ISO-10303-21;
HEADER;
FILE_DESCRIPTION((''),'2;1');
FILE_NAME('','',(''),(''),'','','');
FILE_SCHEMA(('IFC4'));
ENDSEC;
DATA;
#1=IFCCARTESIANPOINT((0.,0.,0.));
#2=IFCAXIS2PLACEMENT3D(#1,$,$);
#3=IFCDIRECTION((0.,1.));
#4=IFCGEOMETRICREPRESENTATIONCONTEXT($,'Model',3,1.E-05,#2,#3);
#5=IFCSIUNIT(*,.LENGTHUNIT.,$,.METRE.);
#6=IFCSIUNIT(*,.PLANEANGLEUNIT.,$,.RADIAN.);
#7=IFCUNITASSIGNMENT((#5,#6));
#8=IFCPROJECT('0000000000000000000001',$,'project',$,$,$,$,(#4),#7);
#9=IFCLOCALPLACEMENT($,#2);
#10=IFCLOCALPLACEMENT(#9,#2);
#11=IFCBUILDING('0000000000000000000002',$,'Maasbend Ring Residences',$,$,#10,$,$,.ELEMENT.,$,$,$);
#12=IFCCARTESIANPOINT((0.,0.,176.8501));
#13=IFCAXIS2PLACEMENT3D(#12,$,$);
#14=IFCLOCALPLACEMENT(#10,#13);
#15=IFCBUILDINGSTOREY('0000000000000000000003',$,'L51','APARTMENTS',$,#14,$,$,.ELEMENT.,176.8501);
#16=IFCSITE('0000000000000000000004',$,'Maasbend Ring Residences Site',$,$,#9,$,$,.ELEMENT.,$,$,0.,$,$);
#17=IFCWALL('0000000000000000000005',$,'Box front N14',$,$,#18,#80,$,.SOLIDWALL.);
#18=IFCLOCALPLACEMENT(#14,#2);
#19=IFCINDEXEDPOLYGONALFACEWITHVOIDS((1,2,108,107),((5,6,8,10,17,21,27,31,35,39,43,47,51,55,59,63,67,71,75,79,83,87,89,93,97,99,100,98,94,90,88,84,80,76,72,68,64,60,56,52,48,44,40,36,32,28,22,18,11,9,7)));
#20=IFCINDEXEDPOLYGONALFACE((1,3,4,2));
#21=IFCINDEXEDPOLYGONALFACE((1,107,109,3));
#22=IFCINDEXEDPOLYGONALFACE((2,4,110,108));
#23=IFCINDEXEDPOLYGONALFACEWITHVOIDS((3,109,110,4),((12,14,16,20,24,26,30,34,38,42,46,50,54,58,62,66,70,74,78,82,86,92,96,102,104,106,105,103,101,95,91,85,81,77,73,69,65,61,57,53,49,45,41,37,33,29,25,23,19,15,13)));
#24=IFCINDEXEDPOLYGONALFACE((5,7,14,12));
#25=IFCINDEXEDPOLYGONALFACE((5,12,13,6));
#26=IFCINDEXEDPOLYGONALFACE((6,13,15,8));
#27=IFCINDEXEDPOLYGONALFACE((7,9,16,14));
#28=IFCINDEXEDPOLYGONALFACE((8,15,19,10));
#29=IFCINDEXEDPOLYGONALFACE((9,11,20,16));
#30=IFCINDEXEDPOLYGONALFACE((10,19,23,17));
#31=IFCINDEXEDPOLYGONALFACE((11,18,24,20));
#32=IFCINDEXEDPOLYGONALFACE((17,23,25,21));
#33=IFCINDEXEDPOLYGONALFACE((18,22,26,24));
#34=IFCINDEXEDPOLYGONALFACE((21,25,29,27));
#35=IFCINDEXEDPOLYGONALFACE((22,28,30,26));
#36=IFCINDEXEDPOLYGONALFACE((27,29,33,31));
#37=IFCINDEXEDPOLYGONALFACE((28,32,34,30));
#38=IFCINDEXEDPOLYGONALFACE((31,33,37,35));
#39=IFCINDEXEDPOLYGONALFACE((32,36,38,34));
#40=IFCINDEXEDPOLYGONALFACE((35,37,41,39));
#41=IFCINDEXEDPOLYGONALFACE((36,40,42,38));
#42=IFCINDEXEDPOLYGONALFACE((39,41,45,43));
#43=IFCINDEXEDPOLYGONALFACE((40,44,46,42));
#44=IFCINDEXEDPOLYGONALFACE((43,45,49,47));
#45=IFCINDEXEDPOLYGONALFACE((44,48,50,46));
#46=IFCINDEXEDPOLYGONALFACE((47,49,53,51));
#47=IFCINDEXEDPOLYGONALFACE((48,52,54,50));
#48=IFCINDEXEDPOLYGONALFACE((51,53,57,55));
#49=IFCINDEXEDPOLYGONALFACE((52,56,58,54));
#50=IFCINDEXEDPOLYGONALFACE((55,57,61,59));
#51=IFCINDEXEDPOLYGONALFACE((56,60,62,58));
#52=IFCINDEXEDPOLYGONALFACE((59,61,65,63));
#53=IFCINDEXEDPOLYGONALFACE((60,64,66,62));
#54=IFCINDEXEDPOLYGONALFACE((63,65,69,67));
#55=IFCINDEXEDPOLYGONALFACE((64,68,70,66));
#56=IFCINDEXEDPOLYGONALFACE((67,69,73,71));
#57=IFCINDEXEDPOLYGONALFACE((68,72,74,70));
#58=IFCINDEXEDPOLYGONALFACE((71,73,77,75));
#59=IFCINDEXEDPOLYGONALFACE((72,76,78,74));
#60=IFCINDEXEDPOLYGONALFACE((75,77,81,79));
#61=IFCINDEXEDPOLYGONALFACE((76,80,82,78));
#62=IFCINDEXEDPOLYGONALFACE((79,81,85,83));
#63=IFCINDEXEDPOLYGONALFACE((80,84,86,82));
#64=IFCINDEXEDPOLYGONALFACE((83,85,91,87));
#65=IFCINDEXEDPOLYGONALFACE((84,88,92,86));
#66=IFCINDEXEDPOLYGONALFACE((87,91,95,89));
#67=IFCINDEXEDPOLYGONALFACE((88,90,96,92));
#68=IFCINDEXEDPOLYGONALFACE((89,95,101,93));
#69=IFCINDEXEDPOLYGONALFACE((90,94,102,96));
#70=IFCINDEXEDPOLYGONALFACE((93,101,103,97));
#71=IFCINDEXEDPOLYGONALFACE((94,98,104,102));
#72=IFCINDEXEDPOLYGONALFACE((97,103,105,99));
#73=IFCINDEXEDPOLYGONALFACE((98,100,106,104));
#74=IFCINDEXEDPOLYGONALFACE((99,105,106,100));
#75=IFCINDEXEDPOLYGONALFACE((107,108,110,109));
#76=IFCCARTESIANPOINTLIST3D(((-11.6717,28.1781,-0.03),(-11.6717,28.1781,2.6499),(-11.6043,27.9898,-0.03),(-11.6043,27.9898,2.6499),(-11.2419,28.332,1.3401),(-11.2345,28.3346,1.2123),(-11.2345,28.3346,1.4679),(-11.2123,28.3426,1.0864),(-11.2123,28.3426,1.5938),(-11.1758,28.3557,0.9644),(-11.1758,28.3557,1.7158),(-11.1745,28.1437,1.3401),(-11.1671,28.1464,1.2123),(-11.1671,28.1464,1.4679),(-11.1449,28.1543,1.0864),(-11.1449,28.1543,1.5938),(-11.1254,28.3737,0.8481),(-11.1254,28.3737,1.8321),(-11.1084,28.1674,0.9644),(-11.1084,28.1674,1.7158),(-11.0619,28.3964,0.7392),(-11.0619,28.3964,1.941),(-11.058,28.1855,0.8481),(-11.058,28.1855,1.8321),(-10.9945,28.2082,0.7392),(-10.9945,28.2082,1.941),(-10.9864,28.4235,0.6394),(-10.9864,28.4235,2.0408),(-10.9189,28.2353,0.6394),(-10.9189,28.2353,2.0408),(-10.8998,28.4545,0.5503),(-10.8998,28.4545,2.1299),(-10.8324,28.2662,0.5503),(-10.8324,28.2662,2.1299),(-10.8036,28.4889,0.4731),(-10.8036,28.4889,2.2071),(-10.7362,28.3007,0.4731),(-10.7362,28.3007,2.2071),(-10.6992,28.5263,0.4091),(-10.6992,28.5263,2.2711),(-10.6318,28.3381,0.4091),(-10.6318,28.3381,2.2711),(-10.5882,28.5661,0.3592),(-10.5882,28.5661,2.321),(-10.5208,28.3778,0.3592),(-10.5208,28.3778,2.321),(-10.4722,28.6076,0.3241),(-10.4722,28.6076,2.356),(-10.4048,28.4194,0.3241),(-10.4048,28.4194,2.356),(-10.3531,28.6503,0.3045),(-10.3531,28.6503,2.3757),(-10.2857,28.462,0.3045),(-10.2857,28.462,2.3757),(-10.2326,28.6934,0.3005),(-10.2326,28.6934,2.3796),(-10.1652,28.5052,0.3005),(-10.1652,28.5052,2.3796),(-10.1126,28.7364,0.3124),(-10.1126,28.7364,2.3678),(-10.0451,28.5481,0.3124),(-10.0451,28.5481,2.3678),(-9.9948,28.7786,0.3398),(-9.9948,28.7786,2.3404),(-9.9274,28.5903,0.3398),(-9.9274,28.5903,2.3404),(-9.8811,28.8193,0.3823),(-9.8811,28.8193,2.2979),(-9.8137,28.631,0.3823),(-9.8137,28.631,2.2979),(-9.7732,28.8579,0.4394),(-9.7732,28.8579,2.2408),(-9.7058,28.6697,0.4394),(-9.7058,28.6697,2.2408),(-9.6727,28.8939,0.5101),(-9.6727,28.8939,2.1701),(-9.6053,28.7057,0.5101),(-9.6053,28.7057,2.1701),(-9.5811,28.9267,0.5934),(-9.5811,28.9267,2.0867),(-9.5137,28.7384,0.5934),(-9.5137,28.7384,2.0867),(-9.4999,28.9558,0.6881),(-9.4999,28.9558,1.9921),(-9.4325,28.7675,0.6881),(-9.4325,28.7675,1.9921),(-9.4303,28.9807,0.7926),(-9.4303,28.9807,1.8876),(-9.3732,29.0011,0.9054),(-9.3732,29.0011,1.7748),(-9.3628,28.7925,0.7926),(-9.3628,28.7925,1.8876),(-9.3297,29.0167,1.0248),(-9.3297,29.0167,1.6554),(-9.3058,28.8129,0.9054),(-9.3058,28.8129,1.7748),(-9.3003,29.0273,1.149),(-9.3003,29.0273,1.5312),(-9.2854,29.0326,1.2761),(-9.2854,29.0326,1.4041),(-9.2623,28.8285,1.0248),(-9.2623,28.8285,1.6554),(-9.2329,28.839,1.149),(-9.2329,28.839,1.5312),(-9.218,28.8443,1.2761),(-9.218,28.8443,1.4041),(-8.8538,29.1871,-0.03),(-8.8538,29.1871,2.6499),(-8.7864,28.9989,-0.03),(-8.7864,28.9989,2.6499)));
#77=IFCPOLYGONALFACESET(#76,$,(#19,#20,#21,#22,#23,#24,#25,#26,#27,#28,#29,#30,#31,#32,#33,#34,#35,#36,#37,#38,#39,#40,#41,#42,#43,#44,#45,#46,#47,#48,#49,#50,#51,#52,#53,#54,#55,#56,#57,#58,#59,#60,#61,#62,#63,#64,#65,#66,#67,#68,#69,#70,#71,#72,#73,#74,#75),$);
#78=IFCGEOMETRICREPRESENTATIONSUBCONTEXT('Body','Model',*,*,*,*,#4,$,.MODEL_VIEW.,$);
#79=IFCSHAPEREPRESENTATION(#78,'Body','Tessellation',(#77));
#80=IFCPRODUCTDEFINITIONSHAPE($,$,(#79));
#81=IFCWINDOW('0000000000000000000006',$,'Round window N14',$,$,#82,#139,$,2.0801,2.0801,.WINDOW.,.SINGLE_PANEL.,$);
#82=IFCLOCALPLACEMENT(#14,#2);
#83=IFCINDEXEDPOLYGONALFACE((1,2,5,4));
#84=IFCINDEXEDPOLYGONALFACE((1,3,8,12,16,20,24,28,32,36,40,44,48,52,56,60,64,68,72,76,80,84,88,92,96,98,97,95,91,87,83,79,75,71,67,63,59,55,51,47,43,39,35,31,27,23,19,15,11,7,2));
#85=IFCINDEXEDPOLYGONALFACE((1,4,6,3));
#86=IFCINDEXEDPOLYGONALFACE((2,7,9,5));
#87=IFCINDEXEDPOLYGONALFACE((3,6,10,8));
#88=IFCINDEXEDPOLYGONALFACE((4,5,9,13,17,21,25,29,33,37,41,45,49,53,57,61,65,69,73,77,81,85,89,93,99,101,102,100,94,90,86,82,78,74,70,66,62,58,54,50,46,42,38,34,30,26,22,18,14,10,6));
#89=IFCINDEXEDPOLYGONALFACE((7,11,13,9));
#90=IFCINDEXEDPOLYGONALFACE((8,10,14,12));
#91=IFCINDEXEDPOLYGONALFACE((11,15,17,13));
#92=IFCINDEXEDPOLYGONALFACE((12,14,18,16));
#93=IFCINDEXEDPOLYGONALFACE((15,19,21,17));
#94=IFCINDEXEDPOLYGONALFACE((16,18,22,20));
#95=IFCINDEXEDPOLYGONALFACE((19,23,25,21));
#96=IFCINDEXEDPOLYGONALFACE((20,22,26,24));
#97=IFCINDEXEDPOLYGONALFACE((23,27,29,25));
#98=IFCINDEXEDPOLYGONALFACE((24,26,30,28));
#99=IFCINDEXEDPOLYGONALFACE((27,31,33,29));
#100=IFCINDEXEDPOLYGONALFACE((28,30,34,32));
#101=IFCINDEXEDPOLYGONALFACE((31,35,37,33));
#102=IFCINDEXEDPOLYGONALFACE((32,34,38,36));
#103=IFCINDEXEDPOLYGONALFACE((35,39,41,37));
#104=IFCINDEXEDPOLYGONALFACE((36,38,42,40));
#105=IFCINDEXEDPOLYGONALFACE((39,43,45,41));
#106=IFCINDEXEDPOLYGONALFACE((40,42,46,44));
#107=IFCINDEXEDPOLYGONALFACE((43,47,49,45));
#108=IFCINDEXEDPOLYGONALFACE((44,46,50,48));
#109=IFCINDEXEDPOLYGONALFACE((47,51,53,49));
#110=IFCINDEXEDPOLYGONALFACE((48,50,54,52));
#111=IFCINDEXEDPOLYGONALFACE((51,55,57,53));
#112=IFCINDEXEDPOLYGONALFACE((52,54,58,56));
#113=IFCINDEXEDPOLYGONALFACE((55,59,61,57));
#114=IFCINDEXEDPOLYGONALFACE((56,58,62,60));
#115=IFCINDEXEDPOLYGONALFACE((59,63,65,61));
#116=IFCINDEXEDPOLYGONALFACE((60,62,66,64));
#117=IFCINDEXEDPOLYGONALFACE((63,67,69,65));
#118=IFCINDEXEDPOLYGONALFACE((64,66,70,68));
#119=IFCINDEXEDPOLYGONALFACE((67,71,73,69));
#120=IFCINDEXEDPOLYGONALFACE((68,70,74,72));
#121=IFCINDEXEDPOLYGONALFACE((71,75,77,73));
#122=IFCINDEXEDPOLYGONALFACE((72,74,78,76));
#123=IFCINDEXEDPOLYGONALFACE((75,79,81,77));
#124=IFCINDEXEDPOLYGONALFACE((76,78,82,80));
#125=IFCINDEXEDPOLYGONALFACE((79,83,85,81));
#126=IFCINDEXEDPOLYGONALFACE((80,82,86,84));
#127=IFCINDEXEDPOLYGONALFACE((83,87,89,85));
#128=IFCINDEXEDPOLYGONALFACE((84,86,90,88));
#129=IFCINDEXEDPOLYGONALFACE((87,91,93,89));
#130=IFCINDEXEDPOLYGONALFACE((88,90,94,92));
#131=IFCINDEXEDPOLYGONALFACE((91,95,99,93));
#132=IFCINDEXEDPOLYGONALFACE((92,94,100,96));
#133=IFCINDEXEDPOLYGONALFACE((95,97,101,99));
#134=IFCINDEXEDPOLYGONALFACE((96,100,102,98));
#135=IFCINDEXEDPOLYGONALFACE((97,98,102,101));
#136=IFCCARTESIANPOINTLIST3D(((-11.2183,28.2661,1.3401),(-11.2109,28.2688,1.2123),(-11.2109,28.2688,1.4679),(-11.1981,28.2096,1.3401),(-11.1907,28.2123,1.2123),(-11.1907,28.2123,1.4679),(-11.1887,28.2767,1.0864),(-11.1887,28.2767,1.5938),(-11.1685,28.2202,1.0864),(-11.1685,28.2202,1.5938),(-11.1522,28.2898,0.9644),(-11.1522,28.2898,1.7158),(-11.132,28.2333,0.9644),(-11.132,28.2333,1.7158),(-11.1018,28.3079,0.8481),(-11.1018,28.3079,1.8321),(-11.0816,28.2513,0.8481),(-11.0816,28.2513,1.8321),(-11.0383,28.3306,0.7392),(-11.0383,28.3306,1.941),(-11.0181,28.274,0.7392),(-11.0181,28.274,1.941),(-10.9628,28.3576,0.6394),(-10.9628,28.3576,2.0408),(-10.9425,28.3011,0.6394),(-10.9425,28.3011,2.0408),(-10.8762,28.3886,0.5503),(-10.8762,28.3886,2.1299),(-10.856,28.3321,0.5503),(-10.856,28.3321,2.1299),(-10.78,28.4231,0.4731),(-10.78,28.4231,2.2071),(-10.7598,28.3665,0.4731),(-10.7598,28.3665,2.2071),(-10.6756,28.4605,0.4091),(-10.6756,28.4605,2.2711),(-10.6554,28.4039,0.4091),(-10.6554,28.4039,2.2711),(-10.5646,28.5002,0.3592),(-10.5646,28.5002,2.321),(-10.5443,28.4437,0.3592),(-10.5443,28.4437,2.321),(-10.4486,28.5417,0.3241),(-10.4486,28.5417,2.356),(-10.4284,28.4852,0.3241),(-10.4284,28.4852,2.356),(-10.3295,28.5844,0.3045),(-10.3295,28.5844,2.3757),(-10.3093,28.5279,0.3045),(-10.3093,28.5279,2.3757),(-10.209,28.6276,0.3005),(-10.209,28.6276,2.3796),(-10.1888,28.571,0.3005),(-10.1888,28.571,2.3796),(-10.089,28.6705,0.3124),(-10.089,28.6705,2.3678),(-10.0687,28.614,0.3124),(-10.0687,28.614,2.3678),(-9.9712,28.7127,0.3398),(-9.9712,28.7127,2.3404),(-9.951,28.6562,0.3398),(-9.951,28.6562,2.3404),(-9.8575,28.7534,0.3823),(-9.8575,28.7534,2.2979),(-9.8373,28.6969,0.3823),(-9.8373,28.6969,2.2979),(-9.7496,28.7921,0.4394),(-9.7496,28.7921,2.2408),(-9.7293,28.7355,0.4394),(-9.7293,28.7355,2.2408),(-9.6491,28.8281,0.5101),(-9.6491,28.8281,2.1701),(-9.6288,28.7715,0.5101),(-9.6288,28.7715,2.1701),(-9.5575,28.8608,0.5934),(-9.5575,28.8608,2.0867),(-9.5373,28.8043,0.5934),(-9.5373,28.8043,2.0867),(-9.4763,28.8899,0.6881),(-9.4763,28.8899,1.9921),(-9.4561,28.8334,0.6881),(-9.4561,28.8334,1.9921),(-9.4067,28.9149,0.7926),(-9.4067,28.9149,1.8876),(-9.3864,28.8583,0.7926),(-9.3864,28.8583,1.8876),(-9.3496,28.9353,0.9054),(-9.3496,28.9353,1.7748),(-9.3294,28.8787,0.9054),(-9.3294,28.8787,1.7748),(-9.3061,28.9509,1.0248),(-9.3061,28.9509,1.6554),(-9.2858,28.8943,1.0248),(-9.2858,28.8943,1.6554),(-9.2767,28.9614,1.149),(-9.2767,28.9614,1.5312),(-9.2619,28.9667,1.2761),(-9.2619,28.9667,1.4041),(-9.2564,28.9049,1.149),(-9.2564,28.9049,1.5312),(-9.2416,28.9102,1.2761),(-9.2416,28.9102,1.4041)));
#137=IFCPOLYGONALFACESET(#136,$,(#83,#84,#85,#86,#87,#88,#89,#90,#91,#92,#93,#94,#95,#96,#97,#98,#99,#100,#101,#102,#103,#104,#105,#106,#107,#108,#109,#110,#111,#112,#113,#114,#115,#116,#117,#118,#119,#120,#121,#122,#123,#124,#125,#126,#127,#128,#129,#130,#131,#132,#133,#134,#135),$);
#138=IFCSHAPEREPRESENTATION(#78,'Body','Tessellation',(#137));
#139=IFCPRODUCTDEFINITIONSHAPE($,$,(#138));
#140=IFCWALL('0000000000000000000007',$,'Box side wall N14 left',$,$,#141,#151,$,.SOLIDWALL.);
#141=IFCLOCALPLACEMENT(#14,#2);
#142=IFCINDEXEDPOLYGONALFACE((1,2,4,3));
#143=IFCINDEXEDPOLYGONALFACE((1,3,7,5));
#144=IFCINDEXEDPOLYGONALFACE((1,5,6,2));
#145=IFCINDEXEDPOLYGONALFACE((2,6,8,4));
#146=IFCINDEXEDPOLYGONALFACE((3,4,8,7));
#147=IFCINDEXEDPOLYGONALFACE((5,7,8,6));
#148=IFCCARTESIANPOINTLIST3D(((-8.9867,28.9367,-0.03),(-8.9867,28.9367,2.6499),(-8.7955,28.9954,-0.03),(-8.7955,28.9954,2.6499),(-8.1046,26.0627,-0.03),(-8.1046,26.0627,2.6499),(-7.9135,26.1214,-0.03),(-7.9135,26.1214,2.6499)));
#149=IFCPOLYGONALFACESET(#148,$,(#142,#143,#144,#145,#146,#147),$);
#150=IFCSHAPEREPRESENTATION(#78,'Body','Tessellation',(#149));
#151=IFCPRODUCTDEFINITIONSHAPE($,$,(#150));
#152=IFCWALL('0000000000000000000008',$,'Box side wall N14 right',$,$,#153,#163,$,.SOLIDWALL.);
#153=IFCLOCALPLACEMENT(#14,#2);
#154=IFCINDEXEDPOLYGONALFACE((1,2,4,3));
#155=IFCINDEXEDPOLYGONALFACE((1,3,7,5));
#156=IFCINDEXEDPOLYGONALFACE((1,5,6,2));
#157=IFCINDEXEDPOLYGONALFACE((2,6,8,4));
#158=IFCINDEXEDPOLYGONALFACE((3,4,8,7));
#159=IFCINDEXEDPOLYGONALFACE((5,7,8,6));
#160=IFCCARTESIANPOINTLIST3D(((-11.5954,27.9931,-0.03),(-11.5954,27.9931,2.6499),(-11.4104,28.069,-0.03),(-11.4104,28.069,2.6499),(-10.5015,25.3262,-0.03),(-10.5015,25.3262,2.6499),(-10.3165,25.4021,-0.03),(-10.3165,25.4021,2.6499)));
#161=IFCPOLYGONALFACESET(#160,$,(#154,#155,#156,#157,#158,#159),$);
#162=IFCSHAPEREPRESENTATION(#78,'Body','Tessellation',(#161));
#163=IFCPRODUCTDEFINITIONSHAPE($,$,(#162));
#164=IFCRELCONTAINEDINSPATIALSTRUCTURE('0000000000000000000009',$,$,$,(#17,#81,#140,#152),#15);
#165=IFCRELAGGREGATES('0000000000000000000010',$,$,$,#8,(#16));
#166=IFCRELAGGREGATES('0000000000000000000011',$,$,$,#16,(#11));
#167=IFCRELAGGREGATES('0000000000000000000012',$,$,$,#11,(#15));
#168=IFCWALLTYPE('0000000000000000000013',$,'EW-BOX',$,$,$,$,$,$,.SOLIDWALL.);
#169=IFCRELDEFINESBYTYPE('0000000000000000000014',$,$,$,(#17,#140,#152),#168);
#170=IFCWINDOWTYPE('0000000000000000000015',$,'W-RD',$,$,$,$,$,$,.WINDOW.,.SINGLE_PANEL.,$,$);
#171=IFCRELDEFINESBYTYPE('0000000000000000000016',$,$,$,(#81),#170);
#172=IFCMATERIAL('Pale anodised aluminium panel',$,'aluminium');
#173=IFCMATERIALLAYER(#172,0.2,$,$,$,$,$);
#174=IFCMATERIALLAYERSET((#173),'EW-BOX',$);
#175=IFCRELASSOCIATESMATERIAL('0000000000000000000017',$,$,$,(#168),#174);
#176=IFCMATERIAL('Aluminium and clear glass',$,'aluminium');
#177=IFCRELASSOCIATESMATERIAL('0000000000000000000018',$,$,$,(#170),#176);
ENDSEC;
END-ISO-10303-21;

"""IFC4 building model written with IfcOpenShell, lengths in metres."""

from ifc_helpers import new_model, si_unit, direction, frame, frame_2d, origin, place, context, subcontext, project, spatial, rectangle, circle, extrude, material, layer, layer_set, type_object, element, fill, save


model = new_model("IFC4")

# Units and contexts
model_context = context("Model", 3, precision=1e-05, world=origin(), true_north=direction((0.0, 1.0)))
body_context = subcontext(model_context, "Body", "Model", "MODEL_VIEW")
ifc_project = project(units=[si_unit("LENGTHUNIT", "METRE"), si_unit("PLANEANGLEUNIT", "RADIAN")], contexts=[model_context])

# Site, building, storey
site_placement = place(None, origin())
site = spatial("IfcSite", under=ifc_project, at=site_placement, Name="Maasbend Ring Residences Site", CompositionType="ELEMENT", RefElevation=0.0)
building_placement = place(site_placement, origin())
building = spatial("IfcBuilding", under=site, at=building_placement, Name="Maasbend Ring Residences", CompositionType="ELEMENT")
storey_placement = place(building_placement, frame((0.0, 0.0, 176.8501)))
storey = spatial("IfcBuildingStorey", under=building, at=storey_placement, Name="L51", Description="APARTMENTS", CompositionType="ELEMENT", Elevation=176.8501)

# Shared definitions
ifc_material_1 = material(Name="Pale anodised aluminium panel", Category="aluminium")
ifc_layer_1 = layer(ifc_material_1, 0.2)
ifc_layer_set_1 = layer_set([ifc_layer_1], Name="EW-BOX")
wall_type_1 = type_object("IfcWallType", Name="EW-BOX", PredefinedType="SOLIDWALL", material=ifc_layer_set_1)
ifc_material_2 = material(Name="Aluminium and clear glass", Category="aluminium")
window_type_1 = type_object("IfcWindowType", Name="W-RD", PartitioningType="SINGLE_PANEL", PredefinedType="WINDOW", material=ifc_material_2)

# Wall, opening, window
wall_1_placement = place(storey_placement, frame((-8.8201, 29.093, -0.03), z_axis=(0.0, 0.0, 1.0), x_axis=(-0.941461, -0.337122, 0.0)))
wall_1 = element("IfcWall", 1, at=wall_1_placement, inside=storey, type_object=wall_type_1, Name="Box front N14", PredefinedType="SOLIDWALL", context=body_context, shape_type="SweptSolid", body=[
    extrude(rectangle(XDim=2.9932, YDim=0.2, at=frame_2d((1.4966, 0.0))), origin(), (0.0, 0.0, 1.0), 2.6799),
])
opening_1_placement = place(wall_1_placement, frame((0.4565, 0.0, 0.3301)))
opening_1 = element("IfcOpeningElement", 2, at=opening_1_placement, cuts=wall_1, PredefinedType="OPENING", context=body_context, shape_type="SweptSolid", body=[
    extrude(circle(Radius=1.04, at=frame_2d((1.04, 1.04))), frame((0.0, 0.1099, 0.0), z_axis=(0.0, -1.0, 0.0), x_axis=(1.0, 0.0, 0.0)), (0.0, 0.0, 1.0), 0.22),
])
window_1_placement = place(opening_1_placement, origin())
window_1 = element("IfcWindow", 3, at=window_1_placement, inside=storey, type_object=window_type_1, Name="Round window N14", OverallHeight=2.0801, OverallWidth=2.0801, PartitioningType="SINGLE_PANEL", PredefinedType="WINDOW", context=body_context, shape_type="SweptSolid", body=[
    extrude(circle(Radius=1.04, at=frame_2d((1.04, 1.04))), frame((0.0, 0.03, 0.0), z_axis=(0.0, -1.0, 0.0), x_axis=(1.0, 0.0, 0.0)), (0.0, 0.0, 1.0), 0.0601),
])
fill(opening_1, window_1)

# Walls
wall_2_placement = place(storey_placement, frame((-8.009, 26.092, -0.03), z_axis=(0.0, 0.0, 1.0), x_axis=(-0.293407, 0.955988, 0.0)))
element("IfcWall", 4, at=wall_2_placement, inside=storey, type_object=wall_type_1, Name="Box side wall N14 left", PredefinedType="SOLIDWALL", context=body_context, shape_type="SweptSolid", body=[
    extrude(rectangle(XDim=3.0063, YDim=0.2, at=frame_2d((1.5032, 0.0))), origin(), (0.0, 0.0, 1.0), 2.6799),
])
wall_3_placement = place(storey_placement, frame((-10.4089, 25.364, -0.03), z_axis=(0.0, 0.0, 1.0), x_axis=(-0.37951, 0.925188, 0.0)))
element("IfcWall", 5, at=wall_3_placement, inside=storey, type_object=wall_type_1, Name="Box side wall N14 right", PredefinedType="SOLIDWALL", context=body_context, shape_type="SweptSolid", body=[
    extrude(rectangle(XDim=2.8826, YDim=0.2, at=frame_2d((1.4414, 0.0))), origin(), (0.0, 0.0, 1.0), 2.6799),
])

save(model, "model.ifc")
